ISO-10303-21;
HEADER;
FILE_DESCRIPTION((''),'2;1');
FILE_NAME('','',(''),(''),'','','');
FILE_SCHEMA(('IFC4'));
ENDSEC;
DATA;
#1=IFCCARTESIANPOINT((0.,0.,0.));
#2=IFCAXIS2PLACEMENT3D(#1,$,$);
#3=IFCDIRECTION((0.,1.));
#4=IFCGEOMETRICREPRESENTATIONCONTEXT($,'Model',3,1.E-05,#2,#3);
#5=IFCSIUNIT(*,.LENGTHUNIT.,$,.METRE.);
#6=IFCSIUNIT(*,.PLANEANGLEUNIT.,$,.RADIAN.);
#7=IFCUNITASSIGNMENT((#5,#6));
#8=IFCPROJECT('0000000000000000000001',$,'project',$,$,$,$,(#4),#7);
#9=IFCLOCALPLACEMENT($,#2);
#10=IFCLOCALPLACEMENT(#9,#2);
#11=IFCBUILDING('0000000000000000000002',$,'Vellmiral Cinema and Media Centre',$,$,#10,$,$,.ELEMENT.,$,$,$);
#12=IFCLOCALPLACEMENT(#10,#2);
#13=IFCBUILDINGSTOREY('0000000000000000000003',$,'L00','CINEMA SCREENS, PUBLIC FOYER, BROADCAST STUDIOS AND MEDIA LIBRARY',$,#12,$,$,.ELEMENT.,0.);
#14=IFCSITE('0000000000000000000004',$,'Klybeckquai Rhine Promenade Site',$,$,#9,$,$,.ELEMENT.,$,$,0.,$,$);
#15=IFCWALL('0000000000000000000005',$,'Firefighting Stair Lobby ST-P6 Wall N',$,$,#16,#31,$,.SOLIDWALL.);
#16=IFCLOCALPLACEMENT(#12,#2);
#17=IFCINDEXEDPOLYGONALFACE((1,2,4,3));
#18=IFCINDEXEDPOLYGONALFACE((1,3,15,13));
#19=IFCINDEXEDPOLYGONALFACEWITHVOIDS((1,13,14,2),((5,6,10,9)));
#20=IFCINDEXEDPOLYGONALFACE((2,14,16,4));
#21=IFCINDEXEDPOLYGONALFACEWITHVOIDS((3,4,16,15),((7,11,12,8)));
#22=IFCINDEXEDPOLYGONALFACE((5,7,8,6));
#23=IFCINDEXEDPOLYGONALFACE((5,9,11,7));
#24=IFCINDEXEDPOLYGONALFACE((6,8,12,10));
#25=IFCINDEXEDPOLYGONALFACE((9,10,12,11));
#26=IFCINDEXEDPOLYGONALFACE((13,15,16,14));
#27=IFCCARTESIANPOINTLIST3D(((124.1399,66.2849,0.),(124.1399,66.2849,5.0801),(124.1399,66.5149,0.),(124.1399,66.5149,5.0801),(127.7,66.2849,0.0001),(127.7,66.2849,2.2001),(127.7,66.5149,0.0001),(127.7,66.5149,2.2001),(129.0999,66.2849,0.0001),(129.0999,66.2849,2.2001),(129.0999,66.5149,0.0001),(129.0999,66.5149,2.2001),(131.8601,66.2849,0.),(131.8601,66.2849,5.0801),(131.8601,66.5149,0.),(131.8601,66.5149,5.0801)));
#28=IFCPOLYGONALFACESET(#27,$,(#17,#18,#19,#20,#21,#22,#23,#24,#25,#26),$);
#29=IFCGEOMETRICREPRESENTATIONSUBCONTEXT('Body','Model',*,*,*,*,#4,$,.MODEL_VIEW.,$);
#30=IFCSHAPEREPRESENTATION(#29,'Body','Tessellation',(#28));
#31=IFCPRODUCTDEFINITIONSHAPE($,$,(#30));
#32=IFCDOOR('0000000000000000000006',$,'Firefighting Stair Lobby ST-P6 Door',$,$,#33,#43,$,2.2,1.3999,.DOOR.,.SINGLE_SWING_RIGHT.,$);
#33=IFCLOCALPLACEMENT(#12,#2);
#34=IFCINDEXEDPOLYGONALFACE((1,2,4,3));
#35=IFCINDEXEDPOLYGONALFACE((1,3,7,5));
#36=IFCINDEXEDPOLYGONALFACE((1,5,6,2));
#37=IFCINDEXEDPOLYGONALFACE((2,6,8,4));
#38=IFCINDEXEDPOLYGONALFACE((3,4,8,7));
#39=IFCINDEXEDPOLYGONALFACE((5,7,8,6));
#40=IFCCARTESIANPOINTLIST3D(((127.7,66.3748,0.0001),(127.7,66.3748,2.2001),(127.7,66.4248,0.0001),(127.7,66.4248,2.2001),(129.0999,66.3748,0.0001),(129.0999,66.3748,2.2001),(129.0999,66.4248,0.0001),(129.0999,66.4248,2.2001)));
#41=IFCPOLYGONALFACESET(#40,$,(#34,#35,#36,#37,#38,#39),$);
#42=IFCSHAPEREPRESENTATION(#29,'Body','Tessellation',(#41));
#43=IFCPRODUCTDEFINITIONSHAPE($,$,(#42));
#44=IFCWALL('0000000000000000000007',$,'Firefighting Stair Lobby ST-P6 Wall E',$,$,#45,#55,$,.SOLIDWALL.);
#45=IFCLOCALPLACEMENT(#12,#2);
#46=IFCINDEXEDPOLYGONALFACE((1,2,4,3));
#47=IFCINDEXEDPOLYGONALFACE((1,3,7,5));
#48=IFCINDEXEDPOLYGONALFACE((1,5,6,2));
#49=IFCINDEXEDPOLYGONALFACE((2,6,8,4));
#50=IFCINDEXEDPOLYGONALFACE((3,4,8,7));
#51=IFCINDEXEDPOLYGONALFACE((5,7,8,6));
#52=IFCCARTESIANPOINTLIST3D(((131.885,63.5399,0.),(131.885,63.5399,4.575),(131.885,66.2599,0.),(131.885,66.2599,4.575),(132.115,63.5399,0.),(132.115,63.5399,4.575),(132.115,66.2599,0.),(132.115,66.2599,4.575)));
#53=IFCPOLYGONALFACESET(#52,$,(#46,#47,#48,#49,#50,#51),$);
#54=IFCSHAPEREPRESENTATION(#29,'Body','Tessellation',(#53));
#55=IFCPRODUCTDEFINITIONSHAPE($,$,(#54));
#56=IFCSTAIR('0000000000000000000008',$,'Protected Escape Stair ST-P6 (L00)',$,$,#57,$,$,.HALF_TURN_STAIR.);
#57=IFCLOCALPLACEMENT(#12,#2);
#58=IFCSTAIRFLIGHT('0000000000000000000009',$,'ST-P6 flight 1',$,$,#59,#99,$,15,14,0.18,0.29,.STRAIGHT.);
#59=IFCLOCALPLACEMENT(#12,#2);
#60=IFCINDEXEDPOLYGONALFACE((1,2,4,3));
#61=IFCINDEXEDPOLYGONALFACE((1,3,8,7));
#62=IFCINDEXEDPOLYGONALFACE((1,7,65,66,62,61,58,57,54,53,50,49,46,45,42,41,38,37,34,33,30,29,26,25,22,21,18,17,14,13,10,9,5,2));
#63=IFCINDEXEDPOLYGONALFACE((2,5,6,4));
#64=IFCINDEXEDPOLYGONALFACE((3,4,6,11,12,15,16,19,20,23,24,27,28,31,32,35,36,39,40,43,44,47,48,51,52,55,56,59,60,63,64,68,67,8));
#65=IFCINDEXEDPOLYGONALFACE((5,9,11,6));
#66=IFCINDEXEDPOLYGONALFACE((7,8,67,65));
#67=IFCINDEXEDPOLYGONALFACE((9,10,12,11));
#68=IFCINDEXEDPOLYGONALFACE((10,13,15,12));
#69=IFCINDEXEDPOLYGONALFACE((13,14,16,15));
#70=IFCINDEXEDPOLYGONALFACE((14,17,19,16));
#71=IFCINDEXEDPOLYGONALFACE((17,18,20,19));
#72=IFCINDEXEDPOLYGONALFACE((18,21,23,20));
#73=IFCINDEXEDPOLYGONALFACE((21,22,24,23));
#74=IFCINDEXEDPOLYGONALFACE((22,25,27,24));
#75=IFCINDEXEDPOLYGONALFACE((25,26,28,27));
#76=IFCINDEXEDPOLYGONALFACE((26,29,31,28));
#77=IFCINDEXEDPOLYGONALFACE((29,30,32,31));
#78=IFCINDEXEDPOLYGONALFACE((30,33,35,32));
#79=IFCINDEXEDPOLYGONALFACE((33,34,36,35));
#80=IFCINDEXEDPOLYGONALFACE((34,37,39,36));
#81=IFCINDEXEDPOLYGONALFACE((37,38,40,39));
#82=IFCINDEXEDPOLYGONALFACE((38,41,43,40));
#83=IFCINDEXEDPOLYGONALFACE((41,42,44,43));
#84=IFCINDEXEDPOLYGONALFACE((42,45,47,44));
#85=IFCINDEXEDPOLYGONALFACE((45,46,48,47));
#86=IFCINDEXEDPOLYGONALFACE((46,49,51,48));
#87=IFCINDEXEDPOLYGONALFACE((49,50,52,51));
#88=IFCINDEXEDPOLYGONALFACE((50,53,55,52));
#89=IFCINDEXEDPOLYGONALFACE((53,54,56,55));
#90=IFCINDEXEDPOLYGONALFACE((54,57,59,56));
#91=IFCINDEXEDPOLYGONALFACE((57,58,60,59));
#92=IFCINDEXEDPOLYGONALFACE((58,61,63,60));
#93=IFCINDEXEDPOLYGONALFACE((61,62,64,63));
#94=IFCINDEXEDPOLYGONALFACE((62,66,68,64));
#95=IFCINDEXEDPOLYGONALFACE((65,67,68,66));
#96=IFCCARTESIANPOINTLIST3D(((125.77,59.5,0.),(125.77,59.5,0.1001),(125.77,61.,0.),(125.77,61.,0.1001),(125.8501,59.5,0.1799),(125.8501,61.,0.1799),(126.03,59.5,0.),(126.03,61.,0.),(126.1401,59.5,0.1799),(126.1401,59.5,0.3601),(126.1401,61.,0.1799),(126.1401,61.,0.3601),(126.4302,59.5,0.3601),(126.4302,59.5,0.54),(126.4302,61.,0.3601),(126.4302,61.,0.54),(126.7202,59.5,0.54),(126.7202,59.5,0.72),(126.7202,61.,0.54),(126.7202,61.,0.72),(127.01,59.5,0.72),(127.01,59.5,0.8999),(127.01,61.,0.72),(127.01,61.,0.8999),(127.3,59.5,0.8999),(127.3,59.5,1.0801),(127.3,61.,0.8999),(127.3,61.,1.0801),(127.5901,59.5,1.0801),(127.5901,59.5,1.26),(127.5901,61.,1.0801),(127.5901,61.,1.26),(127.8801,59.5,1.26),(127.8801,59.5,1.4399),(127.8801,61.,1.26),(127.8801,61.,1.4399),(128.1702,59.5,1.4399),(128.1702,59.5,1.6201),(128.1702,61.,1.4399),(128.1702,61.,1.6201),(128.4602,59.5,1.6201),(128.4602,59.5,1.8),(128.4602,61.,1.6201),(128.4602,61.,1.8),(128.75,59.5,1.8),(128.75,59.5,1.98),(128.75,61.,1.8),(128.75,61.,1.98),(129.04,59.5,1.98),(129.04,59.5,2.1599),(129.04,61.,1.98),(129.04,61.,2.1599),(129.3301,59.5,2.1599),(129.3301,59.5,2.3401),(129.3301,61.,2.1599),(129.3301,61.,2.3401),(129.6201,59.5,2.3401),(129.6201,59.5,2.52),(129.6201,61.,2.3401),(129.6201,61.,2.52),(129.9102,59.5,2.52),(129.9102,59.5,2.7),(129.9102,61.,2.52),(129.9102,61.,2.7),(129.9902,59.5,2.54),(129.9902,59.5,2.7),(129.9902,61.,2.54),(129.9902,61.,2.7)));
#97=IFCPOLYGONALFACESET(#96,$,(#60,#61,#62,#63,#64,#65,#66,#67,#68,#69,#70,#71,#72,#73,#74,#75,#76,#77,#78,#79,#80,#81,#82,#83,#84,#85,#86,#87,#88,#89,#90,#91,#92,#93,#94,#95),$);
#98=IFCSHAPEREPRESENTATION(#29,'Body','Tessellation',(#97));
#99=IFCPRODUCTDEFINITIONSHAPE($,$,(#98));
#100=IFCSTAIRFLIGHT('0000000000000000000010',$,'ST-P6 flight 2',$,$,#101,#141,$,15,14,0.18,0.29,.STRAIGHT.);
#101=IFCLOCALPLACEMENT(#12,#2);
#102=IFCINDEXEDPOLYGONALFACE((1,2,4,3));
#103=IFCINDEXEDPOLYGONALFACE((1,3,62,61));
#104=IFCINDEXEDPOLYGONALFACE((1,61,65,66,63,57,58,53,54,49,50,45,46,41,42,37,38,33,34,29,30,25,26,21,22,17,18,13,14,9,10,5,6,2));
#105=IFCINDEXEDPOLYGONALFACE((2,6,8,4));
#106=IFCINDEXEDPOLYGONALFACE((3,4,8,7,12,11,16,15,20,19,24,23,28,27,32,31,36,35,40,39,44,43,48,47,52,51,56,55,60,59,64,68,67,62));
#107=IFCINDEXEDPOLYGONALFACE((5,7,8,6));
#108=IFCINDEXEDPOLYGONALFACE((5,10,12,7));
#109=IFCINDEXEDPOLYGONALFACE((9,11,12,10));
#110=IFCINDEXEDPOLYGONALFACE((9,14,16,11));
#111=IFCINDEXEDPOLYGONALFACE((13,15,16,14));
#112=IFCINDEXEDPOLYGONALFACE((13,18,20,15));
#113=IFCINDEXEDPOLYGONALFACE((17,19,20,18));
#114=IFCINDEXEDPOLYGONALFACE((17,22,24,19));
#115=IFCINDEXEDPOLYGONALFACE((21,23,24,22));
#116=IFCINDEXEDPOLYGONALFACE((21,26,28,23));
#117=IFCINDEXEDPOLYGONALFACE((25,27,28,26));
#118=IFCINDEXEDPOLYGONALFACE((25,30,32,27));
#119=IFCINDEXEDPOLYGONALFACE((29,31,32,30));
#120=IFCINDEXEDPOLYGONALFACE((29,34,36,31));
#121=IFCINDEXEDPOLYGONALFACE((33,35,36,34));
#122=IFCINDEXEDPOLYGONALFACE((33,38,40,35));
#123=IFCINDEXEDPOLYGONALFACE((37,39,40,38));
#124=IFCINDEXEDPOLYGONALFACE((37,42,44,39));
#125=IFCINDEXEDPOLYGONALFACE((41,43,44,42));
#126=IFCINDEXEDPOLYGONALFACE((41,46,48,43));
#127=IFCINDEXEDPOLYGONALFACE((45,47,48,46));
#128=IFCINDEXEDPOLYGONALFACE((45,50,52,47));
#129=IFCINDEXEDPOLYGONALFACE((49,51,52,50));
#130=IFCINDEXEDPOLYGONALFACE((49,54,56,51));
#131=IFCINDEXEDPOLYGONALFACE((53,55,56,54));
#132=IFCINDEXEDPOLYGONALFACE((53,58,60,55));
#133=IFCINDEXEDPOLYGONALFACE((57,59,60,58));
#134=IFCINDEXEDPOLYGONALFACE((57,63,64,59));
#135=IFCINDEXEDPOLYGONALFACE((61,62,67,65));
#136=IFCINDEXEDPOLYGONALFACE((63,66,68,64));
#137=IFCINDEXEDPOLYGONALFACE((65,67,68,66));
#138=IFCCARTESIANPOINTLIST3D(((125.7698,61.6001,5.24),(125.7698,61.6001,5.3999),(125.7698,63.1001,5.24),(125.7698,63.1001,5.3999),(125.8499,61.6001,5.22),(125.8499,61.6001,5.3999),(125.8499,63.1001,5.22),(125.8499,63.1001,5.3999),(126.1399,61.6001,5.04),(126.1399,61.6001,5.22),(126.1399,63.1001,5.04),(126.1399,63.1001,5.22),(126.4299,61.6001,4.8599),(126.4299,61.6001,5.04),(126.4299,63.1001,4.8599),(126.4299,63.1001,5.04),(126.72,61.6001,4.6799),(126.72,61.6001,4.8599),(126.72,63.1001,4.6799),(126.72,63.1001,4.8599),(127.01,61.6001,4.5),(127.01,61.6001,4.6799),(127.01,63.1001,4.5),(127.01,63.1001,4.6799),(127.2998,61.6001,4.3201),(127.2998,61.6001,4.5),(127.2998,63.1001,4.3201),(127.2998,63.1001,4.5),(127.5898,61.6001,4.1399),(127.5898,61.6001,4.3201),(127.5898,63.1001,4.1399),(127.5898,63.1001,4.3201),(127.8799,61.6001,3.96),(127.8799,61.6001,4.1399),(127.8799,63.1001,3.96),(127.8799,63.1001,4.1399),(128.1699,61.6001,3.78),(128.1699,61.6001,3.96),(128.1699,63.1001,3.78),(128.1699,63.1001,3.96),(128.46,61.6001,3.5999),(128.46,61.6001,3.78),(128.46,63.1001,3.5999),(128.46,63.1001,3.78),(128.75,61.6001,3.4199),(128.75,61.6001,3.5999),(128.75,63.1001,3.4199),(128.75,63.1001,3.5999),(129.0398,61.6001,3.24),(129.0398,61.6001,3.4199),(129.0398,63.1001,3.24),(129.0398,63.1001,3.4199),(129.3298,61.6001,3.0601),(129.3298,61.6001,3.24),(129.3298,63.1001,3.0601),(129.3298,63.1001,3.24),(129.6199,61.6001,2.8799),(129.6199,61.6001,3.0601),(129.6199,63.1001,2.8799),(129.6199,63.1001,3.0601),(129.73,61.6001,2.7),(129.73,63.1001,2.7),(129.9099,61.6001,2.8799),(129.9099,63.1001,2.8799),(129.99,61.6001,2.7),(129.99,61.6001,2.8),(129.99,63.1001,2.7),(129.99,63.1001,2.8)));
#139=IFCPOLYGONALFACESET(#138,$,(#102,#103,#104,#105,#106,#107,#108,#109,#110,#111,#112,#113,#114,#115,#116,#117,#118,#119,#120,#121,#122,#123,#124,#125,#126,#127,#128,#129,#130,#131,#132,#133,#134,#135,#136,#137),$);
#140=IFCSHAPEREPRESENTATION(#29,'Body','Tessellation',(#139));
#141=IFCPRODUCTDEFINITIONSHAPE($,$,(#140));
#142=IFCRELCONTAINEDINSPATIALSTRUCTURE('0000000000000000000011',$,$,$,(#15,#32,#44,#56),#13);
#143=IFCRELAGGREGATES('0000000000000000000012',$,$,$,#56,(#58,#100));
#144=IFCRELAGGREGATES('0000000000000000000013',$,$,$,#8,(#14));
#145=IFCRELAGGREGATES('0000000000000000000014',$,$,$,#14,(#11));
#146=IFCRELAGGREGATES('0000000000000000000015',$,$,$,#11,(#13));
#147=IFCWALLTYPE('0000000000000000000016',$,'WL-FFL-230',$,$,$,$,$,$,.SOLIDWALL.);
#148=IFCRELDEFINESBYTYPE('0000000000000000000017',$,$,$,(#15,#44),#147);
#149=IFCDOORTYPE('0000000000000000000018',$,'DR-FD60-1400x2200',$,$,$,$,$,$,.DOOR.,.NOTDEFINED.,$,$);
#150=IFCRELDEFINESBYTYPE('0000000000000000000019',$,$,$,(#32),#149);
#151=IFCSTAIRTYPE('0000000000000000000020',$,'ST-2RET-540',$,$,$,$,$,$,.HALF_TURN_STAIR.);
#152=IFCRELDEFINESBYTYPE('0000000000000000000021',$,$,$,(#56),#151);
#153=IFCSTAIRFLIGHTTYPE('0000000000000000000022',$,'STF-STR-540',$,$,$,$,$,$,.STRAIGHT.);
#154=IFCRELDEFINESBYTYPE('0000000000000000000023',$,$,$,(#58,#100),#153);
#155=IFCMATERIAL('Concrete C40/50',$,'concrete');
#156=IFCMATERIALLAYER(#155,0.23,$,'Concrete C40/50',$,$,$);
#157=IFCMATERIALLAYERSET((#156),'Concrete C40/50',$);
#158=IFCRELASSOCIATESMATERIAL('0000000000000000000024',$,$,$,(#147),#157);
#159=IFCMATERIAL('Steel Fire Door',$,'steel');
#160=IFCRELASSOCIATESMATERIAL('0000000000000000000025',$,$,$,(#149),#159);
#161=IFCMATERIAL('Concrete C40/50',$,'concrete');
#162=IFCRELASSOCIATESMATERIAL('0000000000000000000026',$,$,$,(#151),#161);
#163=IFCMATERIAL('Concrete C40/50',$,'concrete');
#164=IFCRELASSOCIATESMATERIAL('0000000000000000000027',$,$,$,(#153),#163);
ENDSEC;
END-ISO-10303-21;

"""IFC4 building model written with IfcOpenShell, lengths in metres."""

from ifc_helpers import new_model, si_unit, direction, frame, frame_2d, origin, place, context, subcontext, project, spatial, polyline, rectangle, outline, extrude, material, layer, layer_set, type_object, element, fill, aggregate, save


model = new_model("IFC4")

# Units and contexts
model_context = context("Model", 3, precision=1e-05, world=origin(), true_north=direction((0.0, 1.0)))
body_context = subcontext(model_context, "Body", "Model", "MODEL_VIEW")
ifc_project = project(units=[si_unit("LENGTHUNIT", "METRE"), si_unit("PLANEANGLEUNIT", "RADIAN")], contexts=[model_context])

# Site, building, storey
site_placement = place(None, origin())
site = spatial("IfcSite", under=ifc_project, at=site_placement, Name="Klybeckquai Rhine Promenade Site", CompositionType="ELEMENT", RefElevation=0.0)
building_placement = place(site_placement, origin())
building = spatial("IfcBuilding", under=site, at=building_placement, Name="Vellmiral Cinema and Media Centre", CompositionType="ELEMENT")
storey_placement = place(building_placement, origin())
storey = spatial("IfcBuildingStorey", under=building, at=storey_placement, Name="L00", Description="CINEMA SCREENS, PUBLIC FOYER, BROADCAST STUDIOS AND MEDIA LIBRARY", CompositionType="ELEMENT", Elevation=0.0)

# Wall, opening, door
ifc_material_1 = material(Name="Concrete C40/50", Category="concrete")
ifc_layer_1 = layer(ifc_material_1, 0.23, Name="Concrete C40/50")
ifc_layer_set_1 = layer_set([ifc_layer_1], Name="Concrete C40/50")
wall_type_1 = type_object("IfcWallType", Name="WL-FFL-230", PredefinedType="SOLIDWALL", material=ifc_layer_set_1)
wall_1_placement = place(storey_placement, frame((124.1399, 66.3999, 0.0), z_axis=(0.0, 0.0, 1.0), x_axis=(1.0, 0.0, 0.0)))
wall_1 = element("IfcWall", 1, at=wall_1_placement, inside=storey, type_object=wall_type_1, Name="Firefighting Stair Lobby ST-P6 Wall N", PredefinedType="SOLIDWALL", context=body_context, shape_type="SweptSolid", body=[
    extrude(rectangle(XDim=7.7202, YDim=0.23, at=frame_2d((3.8601, 0.0))), origin(), (0.0, 0.0, 1.0), 5.0801),
])
opening_1_placement = place(wall_1_placement, frame((3.5601, 0.0, 0.0)))
opening_1 = element("IfcOpeningElement", 2, at=opening_1_placement, cuts=wall_1, PredefinedType="OPENING", context=body_context, shape_type="SweptSolid", body=[
    extrude(rectangle(XDim=1.3999, YDim=2.2, at=frame_2d((0.7, 1.1001))), frame((0.0, 0.127, 0.0), z_axis=(0.0, -1.0, 0.0), x_axis=(1.0, 0.0, 0.0)), (0.0, 0.0, 1.0), 0.2539),
])
ifc_material_2 = material(Name="Steel Fire Door", Category="steel")
door_type_1 = type_object("IfcDoorType", Name="DR-FD60-1400x2200", OperationType="NOTDEFINED", PredefinedType="DOOR", material=ifc_material_2)
door_1_placement = place(opening_1_placement, origin())
door_1 = element("IfcDoor", 3, at=door_1_placement, inside=storey, type_object=door_type_1, Name="Firefighting Stair Lobby ST-P6 Door", OperationType="SINGLE_SWING_RIGHT", OverallHeight=2.2, OverallWidth=1.3999, PredefinedType="DOOR", context=body_context, shape_type="SweptSolid", body=[
    extrude(rectangle(XDim=1.3999, YDim=2.2, at=frame_2d((0.7, 1.1001))), frame((0.0, 0.0249, 0.0), z_axis=(0.0, -1.0, 0.0), x_axis=(1.0, 0.0, 0.0)), (0.0, 0.0, 1.0), 0.05),
])
fill(opening_1, door_1)

# Wall
wall_2_placement = place(storey_placement, frame((132.0, 63.54, 0.0), z_axis=(0.0, 0.0, 1.0), x_axis=(0.0, 1.0, 0.0)))
element("IfcWall", 4, at=wall_2_placement, inside=storey, type_object=wall_type_1, Name="Firefighting Stair Lobby ST-P6 Wall E", PredefinedType="SOLIDWALL", context=body_context, shape_type="SweptSolid", body=[
    extrude(rectangle(XDim=2.72, YDim=0.23, at=frame_2d((1.3599, 0.0))), origin(), (0.0, 0.0, 1.0), 4.575),
])

# Stair, stair flights
ifc_material_3 = material(Name="Concrete C40/50", Category="concrete")
stair_type = type_object("IfcStairType", Name="ST-2RET-540", PredefinedType="HALF_TURN_STAIR", material=ifc_material_3)
stair_placement = place(storey_placement, origin())
stair = element("IfcStair", 5, at=stair_placement, inside=storey, type_object=stair_type, Name="Protected Escape Stair ST-P6 (L00)", PredefinedType="HALF_TURN_STAIR")
ifc_material_4 = material(Name="Concrete C40/50", Category="concrete")
stair_flight_type = type_object("IfcStairFlightType", Name="STF-STR-540", PredefinedType="STRAIGHT", material=ifc_material_4)
stair_flight_1_placement = place(storey_placement, frame((125.8501, 60.25, 0.0), z_axis=(0.0, 0.0, 1.0), x_axis=(1.0, 0.0, 0.0)))
stair_flight_1 = element("IfcStairFlight", 6, at=stair_flight_1_placement, type_object=stair_flight_type, Name="ST-P6 flight 1", NumberOfRisers=15, NumberOfTreads=14, PredefinedType="STRAIGHT", RiserHeight=0.18, TreadLength=0.29, context=body_context, shape_type="SweptSolid", body=[
    extrude(outline(polyline([(-0.0801, 0.0), (-0.0801, 0.1001), (0.0, 0.1799), (0.29, 0.1799), (0.29, 0.3601), (0.5801, 0.3601), (0.5801, 0.54), (0.8701, 0.54), (0.8701, 0.72), (1.1599, 0.72), (1.1599, 0.8999), (1.45, 0.8999), (1.45, 1.0801), (1.74, 1.0801), (1.74, 1.26), (2.03, 1.26), (2.03, 1.4399), (2.3201, 1.4399), (2.3201, 1.6201), (2.6101, 1.6201), (2.6101, 1.8), (2.8999, 1.8), (2.8999, 1.98), (3.1899, 1.98), (3.1899, 2.1599), (3.48, 2.1599), (3.48, 2.3401), (3.77, 2.3401), (3.77, 2.52), (4.0601, 2.52), (4.0601, 2.7), (4.1401, 2.7), (4.1401, 2.54), (0.1799, 0.0), (-0.0801, 0.0)])), frame((0.0, 0.75, 0.0), z_axis=(0.0, -1.0, 0.0), x_axis=(1.0, 0.0, 0.0)), (0.0, 0.0, 1.0), 1.5),
])
stair_flight_2_placement = place(storey_placement, frame((129.9099, 62.3501, 2.7), z_axis=(0.0, 0.0, 1.0), x_axis=(-1.0, 0.0, 0.0)))
stair_flight_2 = element("IfcStairFlight", 7, at=stair_flight_2_placement, type_object=stair_flight_type, Name="ST-P6 flight 2", NumberOfRisers=15, NumberOfTreads=14, PredefinedType="STRAIGHT", RiserHeight=0.18, TreadLength=0.29, context=body_context, shape_type="SweptSolid", body=[
    extrude(outline(polyline([(-0.0801, 0.0), (-0.0801, 0.1001), (0.0, 0.1799), (0.29, 0.1799), (0.29, 0.3601), (0.5801, 0.3601), (0.5801, 0.54), (0.8701, 0.54), (0.8701, 0.72), (1.1599, 0.72), (1.1599, 0.8999), (1.45, 0.8999), (1.45, 1.0801), (1.74, 1.0801), (1.74, 1.26), (2.03, 1.26), (2.03, 1.4399), (2.3201, 1.4399), (2.3201, 1.6201), (2.6101, 1.6201), (2.6101, 1.8), (2.8999, 1.8), (2.8999, 1.98), (3.1899, 1.98), (3.1899, 2.1599), (3.48, 2.1599), (3.48, 2.3401), (3.77, 2.3401), (3.77, 2.52), (4.0601, 2.52), (4.0601, 2.7), (4.1401, 2.7), (4.1401, 2.54), (0.1799, 0.0), (-0.0801, 0.0)])), frame((0.0, 0.75, 0.0), z_axis=(0.0, -1.0, 0.0), x_axis=(1.0, 0.0, 0.0)), (0.0, 0.0, 1.0), 1.5),
])
aggregate(stair, [stair_flight_1, stair_flight_2])

save(model, "model.ifc")
